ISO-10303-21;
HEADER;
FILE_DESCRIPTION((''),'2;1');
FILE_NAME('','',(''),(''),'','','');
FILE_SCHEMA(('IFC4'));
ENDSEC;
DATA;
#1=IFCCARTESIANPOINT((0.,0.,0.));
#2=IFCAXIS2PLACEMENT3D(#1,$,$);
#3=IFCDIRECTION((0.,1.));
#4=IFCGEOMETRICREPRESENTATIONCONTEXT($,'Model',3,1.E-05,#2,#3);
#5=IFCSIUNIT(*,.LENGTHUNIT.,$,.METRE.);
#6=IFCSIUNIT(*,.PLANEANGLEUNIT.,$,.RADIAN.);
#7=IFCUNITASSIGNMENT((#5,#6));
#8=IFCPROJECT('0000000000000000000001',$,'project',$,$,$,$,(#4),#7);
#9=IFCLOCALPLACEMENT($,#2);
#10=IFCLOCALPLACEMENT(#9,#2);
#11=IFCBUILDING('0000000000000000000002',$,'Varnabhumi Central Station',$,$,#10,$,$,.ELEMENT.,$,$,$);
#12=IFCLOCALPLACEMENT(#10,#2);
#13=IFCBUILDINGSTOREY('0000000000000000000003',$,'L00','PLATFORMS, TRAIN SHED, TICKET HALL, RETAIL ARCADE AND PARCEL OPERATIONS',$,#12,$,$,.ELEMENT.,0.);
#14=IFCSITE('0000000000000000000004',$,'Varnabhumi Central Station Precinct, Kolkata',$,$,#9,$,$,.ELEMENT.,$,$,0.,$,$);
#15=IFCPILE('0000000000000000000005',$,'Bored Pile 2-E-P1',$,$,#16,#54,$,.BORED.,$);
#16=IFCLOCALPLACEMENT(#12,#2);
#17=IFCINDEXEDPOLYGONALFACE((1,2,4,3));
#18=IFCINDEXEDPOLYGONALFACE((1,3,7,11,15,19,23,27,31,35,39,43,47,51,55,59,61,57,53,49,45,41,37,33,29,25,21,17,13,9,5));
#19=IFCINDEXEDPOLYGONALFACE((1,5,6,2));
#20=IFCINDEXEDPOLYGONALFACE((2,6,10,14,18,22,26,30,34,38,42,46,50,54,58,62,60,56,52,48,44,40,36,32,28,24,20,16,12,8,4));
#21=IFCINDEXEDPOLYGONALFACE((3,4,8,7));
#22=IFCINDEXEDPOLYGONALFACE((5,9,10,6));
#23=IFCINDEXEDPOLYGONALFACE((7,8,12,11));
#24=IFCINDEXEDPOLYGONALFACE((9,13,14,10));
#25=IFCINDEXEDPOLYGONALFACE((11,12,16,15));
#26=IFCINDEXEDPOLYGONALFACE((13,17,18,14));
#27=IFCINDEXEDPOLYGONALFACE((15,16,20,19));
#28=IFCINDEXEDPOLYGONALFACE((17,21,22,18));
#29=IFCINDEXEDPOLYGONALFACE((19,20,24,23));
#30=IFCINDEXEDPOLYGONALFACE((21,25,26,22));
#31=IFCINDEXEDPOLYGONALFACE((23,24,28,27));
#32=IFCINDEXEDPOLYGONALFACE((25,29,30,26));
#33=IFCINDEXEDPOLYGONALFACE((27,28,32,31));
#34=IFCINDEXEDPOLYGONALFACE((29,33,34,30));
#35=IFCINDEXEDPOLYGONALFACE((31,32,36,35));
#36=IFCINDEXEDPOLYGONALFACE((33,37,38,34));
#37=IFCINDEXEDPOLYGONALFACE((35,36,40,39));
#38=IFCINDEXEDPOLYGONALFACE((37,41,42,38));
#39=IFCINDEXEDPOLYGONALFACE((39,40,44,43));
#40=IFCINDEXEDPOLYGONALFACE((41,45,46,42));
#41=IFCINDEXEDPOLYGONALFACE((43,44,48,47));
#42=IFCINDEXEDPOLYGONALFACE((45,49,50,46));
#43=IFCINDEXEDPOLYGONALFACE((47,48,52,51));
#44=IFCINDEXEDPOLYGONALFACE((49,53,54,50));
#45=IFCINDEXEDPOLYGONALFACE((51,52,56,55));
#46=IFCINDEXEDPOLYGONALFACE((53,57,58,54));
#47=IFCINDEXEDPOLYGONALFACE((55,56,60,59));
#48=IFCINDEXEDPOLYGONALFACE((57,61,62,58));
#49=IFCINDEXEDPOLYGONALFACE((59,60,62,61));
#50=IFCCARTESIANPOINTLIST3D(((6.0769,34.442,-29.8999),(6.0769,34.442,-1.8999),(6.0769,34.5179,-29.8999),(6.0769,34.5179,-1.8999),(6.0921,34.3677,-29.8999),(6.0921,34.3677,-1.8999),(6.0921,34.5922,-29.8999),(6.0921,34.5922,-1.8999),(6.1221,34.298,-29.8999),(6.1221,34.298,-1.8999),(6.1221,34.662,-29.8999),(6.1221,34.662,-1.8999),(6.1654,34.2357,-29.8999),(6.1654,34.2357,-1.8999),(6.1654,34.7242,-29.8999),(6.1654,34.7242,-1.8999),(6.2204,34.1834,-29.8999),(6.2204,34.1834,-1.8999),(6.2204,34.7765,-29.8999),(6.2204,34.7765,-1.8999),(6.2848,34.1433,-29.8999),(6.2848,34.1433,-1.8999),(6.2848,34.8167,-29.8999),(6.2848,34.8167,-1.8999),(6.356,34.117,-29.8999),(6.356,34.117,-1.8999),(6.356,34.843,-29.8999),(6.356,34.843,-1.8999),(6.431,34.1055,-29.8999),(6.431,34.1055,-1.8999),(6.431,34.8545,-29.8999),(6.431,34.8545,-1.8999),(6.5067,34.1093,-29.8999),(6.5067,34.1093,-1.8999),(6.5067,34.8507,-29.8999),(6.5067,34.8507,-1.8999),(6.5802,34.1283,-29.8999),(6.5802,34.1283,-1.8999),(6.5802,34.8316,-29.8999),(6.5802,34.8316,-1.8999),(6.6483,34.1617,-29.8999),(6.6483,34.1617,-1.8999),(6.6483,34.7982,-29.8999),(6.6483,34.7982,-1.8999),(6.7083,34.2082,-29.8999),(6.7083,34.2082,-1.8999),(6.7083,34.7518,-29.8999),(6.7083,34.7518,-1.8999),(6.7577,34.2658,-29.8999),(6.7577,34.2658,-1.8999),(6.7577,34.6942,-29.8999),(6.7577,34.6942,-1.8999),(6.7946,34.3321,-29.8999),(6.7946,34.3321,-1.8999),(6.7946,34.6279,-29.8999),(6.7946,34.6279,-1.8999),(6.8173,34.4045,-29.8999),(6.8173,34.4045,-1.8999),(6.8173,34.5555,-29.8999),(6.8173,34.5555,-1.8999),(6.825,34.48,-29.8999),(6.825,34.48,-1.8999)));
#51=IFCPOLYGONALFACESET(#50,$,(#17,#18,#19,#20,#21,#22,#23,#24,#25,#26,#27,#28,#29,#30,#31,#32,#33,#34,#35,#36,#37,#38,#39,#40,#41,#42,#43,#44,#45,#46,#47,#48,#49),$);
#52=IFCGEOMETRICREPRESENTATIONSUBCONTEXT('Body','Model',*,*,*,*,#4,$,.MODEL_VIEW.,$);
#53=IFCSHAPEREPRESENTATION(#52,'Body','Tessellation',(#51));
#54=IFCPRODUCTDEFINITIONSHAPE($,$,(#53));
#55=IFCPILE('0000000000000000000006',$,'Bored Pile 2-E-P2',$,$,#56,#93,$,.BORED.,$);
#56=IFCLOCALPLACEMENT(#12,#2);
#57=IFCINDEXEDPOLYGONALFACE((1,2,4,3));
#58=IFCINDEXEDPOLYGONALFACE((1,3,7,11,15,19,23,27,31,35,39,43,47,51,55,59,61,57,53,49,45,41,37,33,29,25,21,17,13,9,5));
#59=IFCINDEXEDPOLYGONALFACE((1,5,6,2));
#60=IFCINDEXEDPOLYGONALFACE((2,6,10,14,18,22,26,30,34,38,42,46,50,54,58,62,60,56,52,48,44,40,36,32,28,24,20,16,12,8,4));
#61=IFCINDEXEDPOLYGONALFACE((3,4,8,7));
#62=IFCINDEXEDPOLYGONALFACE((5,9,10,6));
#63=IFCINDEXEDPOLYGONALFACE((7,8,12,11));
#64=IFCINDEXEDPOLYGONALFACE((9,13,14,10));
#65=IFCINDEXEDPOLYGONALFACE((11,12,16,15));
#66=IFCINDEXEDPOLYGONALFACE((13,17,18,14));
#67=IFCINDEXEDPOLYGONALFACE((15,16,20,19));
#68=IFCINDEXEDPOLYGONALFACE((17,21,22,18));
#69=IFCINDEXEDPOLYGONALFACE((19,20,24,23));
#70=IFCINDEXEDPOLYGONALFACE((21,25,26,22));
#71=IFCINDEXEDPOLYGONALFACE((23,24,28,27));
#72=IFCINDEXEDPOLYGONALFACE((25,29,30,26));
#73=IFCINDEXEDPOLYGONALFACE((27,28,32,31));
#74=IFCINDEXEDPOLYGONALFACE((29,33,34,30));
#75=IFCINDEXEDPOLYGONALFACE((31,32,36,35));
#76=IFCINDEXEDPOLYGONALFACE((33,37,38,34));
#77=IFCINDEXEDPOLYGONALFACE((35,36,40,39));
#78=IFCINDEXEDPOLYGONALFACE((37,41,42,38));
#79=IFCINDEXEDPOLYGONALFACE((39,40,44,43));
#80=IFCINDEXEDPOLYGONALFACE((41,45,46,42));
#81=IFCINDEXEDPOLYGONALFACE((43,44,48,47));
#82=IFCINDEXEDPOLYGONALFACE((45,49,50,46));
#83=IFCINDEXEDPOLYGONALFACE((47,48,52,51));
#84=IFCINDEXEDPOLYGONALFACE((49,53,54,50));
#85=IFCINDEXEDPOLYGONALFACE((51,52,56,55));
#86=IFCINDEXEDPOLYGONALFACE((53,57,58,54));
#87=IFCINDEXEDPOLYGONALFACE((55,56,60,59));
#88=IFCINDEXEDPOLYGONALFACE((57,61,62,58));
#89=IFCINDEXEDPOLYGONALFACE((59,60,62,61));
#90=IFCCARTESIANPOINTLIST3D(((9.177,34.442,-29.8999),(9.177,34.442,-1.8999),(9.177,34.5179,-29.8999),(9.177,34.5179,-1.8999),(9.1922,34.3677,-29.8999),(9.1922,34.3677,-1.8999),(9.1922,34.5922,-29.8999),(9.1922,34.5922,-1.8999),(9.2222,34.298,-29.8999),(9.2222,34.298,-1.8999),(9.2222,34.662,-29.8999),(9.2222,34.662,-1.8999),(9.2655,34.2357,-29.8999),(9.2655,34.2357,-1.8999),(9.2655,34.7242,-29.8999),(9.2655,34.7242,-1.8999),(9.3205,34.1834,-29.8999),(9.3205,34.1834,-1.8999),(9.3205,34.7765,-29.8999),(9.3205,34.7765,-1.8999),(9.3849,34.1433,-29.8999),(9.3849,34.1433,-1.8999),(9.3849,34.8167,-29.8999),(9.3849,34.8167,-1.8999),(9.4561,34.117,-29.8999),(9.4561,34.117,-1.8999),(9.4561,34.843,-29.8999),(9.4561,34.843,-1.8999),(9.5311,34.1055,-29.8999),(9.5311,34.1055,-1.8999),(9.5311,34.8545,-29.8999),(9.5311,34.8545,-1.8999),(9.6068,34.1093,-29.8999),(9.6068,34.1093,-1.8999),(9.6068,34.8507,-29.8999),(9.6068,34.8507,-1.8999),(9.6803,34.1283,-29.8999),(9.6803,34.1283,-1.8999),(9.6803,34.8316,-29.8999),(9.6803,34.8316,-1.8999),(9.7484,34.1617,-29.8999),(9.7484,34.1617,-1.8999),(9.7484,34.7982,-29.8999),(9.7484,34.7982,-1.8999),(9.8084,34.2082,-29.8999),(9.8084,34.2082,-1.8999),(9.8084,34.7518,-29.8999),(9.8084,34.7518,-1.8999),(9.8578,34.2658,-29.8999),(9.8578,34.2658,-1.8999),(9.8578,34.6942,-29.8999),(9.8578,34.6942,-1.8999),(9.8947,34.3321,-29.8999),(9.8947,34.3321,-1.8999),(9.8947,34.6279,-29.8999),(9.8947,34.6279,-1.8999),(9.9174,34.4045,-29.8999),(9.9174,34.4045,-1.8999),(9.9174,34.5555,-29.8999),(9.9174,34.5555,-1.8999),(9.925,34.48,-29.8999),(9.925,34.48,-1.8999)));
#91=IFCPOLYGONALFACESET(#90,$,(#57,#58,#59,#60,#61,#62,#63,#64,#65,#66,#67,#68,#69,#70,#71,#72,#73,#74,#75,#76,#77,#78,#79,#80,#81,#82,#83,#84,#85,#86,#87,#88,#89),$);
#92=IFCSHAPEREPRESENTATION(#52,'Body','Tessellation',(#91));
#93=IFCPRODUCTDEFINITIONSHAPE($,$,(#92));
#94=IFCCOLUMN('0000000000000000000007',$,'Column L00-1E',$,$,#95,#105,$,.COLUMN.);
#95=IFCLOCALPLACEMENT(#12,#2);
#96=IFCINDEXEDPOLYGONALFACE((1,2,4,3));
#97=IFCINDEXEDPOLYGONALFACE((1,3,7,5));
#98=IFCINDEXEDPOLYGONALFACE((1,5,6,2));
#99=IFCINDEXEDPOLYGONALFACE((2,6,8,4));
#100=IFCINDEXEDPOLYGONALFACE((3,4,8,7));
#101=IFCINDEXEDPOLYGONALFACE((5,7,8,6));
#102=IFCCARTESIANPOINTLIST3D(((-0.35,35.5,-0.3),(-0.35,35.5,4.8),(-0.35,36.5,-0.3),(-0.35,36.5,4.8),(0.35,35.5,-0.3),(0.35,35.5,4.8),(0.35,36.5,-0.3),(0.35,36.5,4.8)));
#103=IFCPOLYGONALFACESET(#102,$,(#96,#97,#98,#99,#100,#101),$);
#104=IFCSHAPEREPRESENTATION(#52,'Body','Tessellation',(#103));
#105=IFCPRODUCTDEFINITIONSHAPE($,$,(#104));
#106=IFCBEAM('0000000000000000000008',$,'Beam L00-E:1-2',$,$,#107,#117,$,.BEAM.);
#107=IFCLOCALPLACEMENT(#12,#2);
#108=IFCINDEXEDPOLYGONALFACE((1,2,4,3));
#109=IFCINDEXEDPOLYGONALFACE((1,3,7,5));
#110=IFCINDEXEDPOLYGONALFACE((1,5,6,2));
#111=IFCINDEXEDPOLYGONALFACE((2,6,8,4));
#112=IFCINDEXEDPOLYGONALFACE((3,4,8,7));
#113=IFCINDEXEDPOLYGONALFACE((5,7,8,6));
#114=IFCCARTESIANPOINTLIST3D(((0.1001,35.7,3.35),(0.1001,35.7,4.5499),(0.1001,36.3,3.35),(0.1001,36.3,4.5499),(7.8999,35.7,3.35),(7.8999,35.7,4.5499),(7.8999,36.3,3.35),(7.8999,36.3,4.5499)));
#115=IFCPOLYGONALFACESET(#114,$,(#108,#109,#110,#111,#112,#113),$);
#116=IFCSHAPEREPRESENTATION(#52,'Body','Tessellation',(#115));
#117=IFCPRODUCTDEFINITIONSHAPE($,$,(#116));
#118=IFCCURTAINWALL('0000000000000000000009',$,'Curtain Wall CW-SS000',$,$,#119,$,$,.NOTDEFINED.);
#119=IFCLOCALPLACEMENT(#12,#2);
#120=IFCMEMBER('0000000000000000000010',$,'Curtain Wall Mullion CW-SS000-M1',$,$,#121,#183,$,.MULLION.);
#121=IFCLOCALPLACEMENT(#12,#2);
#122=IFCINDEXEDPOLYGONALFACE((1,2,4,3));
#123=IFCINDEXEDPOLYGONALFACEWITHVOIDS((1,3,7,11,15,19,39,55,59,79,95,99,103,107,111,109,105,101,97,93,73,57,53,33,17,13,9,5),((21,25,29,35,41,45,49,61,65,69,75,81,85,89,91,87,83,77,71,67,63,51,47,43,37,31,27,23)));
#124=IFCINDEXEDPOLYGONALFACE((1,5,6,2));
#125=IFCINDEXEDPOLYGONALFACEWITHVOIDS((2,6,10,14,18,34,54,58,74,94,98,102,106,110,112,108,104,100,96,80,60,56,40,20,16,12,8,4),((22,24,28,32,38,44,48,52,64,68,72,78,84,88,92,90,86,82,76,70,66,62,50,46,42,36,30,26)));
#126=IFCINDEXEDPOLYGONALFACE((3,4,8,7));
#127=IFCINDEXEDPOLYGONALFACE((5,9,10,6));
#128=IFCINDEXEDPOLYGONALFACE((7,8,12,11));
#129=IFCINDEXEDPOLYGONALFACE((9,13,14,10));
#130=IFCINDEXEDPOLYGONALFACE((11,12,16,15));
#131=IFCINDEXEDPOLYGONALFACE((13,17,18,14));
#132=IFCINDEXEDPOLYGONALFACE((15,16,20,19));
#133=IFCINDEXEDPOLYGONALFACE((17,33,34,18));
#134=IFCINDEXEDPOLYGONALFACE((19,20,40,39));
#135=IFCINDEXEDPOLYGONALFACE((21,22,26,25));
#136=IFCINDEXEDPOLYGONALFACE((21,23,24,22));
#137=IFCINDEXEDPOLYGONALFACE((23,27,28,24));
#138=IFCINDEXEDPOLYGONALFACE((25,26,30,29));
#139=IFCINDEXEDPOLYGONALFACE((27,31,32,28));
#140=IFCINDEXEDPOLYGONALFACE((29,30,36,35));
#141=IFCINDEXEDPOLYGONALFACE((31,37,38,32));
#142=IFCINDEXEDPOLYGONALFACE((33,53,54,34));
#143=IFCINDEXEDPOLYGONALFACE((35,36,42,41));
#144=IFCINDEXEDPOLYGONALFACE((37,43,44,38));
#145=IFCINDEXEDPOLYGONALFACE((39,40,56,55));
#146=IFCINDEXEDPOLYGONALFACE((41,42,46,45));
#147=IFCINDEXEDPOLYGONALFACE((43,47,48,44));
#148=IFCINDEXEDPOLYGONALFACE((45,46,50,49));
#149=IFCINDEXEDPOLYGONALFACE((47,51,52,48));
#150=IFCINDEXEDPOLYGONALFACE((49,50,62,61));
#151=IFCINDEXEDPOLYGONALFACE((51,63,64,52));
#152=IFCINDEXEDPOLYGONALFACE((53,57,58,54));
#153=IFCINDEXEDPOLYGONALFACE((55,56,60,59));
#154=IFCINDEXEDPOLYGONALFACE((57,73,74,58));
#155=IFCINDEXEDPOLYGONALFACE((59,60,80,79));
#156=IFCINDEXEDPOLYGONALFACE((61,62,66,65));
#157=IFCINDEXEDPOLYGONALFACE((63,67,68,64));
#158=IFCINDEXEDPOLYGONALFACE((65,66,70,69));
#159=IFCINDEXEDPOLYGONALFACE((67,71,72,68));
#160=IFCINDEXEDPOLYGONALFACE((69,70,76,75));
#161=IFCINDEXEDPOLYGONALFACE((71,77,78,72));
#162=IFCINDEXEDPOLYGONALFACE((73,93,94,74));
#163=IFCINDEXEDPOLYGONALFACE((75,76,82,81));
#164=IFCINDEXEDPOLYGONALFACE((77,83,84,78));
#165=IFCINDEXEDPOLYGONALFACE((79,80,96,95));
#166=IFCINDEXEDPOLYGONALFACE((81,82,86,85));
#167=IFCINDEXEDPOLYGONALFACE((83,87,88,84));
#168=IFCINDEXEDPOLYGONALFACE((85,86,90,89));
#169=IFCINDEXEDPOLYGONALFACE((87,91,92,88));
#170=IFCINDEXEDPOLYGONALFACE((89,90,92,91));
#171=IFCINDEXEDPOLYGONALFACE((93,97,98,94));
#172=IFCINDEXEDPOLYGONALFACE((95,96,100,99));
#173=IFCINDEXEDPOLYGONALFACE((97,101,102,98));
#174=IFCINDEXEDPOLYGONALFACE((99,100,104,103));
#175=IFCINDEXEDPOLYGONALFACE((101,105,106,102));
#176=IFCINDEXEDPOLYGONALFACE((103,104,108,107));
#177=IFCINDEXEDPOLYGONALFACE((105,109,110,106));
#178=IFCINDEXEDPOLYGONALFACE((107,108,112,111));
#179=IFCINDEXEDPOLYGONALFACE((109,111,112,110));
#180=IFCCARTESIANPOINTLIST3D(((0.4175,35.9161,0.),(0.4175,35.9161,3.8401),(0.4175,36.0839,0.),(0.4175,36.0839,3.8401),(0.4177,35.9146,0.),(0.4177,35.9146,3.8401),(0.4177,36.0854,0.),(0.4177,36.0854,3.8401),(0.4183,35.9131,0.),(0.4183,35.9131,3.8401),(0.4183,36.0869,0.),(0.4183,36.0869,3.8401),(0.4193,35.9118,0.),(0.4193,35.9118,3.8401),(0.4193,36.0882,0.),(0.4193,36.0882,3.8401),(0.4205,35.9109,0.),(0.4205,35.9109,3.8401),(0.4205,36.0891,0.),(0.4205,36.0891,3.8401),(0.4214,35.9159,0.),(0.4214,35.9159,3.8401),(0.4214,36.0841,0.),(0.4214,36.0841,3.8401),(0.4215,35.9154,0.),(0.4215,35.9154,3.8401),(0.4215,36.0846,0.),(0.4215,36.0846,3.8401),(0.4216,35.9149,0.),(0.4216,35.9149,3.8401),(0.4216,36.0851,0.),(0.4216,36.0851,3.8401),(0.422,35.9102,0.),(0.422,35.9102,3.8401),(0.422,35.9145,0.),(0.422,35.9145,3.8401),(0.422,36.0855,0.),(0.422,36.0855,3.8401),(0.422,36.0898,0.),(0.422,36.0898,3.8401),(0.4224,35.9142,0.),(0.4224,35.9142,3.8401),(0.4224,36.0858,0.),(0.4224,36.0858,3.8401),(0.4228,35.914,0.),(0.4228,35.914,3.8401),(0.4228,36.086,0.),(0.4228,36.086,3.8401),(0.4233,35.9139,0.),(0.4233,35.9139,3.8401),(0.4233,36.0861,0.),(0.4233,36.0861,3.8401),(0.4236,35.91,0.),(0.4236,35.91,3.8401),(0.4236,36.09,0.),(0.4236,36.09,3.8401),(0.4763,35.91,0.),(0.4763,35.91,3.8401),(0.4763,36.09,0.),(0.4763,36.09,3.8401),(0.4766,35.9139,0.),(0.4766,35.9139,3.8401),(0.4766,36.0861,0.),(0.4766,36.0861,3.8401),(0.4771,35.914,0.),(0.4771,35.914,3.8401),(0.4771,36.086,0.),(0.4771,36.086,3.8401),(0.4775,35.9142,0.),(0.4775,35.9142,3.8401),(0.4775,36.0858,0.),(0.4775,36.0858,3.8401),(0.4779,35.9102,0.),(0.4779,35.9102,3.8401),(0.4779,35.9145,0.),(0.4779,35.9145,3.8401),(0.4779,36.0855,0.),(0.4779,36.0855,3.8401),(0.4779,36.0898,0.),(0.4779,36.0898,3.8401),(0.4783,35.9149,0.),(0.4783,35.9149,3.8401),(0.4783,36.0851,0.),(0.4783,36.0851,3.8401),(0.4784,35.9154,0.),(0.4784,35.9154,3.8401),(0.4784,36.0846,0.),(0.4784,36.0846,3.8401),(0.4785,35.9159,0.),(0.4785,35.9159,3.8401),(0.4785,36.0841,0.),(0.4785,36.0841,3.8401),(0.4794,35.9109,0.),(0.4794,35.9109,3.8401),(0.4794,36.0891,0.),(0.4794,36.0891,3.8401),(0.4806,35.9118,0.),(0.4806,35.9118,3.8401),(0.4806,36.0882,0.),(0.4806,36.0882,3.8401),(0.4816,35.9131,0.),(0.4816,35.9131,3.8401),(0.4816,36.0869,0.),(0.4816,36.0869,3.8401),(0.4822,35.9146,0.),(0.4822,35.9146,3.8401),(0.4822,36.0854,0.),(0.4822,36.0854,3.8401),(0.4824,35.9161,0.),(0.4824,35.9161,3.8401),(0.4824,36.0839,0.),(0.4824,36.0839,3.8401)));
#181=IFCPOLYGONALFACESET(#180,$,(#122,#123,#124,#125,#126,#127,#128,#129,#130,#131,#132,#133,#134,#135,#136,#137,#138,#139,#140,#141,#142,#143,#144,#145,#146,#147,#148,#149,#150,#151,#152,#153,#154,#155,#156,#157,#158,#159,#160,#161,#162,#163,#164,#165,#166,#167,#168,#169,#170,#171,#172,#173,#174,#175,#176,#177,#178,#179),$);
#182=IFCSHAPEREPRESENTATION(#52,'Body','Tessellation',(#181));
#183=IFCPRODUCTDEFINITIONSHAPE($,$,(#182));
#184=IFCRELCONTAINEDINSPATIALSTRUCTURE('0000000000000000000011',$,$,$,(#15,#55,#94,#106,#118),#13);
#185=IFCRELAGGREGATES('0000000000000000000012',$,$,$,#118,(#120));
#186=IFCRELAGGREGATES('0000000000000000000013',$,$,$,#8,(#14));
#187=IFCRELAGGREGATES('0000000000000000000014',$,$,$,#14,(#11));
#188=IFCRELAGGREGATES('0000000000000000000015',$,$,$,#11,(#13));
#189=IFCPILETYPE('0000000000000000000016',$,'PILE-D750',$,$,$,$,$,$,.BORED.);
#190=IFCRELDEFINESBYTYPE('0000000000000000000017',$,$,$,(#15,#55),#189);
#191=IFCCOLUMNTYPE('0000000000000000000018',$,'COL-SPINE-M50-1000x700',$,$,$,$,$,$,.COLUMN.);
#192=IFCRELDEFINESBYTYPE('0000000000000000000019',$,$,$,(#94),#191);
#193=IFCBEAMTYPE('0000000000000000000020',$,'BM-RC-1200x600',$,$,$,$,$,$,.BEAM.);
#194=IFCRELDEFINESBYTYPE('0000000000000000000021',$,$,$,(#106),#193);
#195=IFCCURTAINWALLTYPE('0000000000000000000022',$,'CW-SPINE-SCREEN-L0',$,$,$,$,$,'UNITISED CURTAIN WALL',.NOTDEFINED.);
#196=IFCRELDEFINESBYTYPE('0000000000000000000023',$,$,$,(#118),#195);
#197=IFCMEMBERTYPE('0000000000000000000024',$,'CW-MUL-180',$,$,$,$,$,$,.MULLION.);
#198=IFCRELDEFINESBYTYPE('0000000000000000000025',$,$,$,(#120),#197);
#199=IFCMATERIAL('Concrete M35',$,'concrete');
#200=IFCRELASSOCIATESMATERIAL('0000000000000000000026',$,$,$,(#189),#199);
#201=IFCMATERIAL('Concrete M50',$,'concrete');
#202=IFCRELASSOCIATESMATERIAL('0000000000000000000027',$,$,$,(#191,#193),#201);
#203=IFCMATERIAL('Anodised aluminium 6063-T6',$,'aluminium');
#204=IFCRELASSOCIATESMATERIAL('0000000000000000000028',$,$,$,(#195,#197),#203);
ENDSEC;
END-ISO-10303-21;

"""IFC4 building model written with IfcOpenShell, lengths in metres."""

from ifc_helpers import new_model, si_unit, direction, frame, origin, origin_2d, place, context, subcontext, project, spatial, rectangle, hollow_rectangle, circle, extrude, material, material_profile, profile_set, type_object, element, aggregate, save


model = new_model("IFC4")

# Units and contexts
model_context = context("Model", 3, precision=1e-05, world=origin(), true_north=direction((0.0, 1.0)))
body_context = subcontext(model_context, "Body", "Model", "MODEL_VIEW")
ifc_project = project(units=[si_unit("LENGTHUNIT", "METRE"), si_unit("PLANEANGLEUNIT", "RADIAN")], contexts=[model_context])

# Site, building, storey
site_placement = place(None, origin())
site = spatial("IfcSite", under=ifc_project, at=site_placement, Name="Varnabhumi Central Station Precinct, Kolkata", CompositionType="ELEMENT", RefElevation=0.0)
building_placement = place(site_placement, origin())
building = spatial("IfcBuilding", under=site, at=building_placement, Name="Varnabhumi Central Station", CompositionType="ELEMENT")
storey_placement = place(building_placement, origin())
storey = spatial("IfcBuildingStorey", under=building, at=storey_placement, Name="L00", Description="PLATFORMS, TRAIN SHED, TICKET HALL, RETAIL ARCADE AND PARCEL OPERATIONS", CompositionType="ELEMENT", Elevation=0.0)

# Piles
ifc_material_1 = material(Name="Concrete M35", Category="concrete")
ifc_material_profile_1 = material_profile(ifc_material_1, circle(Radius=0.375, at=origin_2d()), Name="Concrete M35", Category="concrete")
ifc_profile_set_1 = profile_set([ifc_material_profile_1], Name="Concrete M35")
pile_type_1 = type_object("IfcPileType", Name="PILE-D750", PredefinedType="BORED", material=ifc_profile_set_1)
for number, where, z_axis, x_axis, name in (
    (1, (6.45, 34.48, -1.8999), (0.0, 0.0, -1.0), (1.0, 0.0, 0.0), "Bored Pile 2-E-P1"),
    (2, (9.55, 34.48, -1.8999), (0.0, 0.0, -1.0), (1.0, 0.0, 0.0), "Bored Pile 2-E-P2"),
):
    element("IfcPile", number, at=place(storey_placement, frame(where, z_axis=z_axis, x_axis=x_axis)), inside=storey, type_object=pile_type_1, Name=name, PredefinedType="BORED", context=body_context, shape_type="SweptSolid", body=[
        extrude(circle(Radius=0.375, at=origin_2d()), origin(), (0.0, 0.0, 1.0), 28.0),
    ])

# Column
ifc_material_2 = material(Name="Concrete M50", Category="concrete")
ifc_material_profile_2 = material_profile(ifc_material_2, rectangle(XDim=0.7, YDim=1.0, at=origin_2d()), Name="Concrete M50", Category="concrete")
ifc_profile_set_2 = profile_set([ifc_material_profile_2], Name="Concrete M50")
column_type = type_object("IfcColumnType", Name="COL-SPINE-M50-1000x700", PredefinedType="COLUMN", material=ifc_profile_set_2)
column_placement = place(storey_placement, frame((0.0, 36.0, -0.3), z_axis=(0.0, 0.0, 1.0), x_axis=(1.0, 0.0, 0.0)))
element("IfcColumn", 3, at=column_placement, inside=storey, type_object=column_type, Name="Column L00-1E", PredefinedType="COLUMN", context=body_context, shape_type="SweptSolid", body=[
    extrude(rectangle(XDim=0.7, YDim=1.0, at=origin_2d()), origin(), (0.0, 0.0, 1.0), 5.1001),
])

# Beam
ifc_material_profile_3 = material_profile(ifc_material_2, rectangle(XDim=0.6001, YDim=1.2, at=origin_2d()), Name="Concrete M50", Category="concrete")
ifc_profile_set_3 = profile_set([ifc_material_profile_3], Name="Concrete M50")
beam_type = type_object("IfcBeamType", Name="BM-RC-1200x600", PredefinedType="BEAM", material=ifc_profile_set_3)
beam_placement = place(storey_placement, frame((0.1001, 36.0, 3.95), z_axis=(1.0, 0.0, 0.0), x_axis=(0.0, 1.0, 0.0)))
element("IfcBeam", 4, at=beam_placement, inside=storey, type_object=beam_type, Name="Beam L00-E:1-2", PredefinedType="BEAM", context=body_context, shape_type="SweptSolid", body=[
    extrude(rectangle(XDim=0.6001, YDim=1.2, at=origin_2d()), origin(), (0.0, 0.0, 1.0), 7.7998),
])

# Curtain wall, member
ifc_material_3 = material(Name="Anodised aluminium 6063-T6", Category="aluminium")
curtain_wall_type = type_object("IfcCurtainWallType", Name="CW-SPINE-SCREEN-L0", ElementType="UNITISED CURTAIN WALL", PredefinedType="NOTDEFINED", material=ifc_material_3)
curtain_wall_placement = place(storey_placement, origin())
curtain_wall = element("IfcCurtainWall", 5, at=curtain_wall_placement, inside=storey, type_object=curtain_wall_type, Name="Curtain Wall CW-SS000", PredefinedType="NOTDEFINED")
ifc_material_profile_4 = material_profile(ifc_material_3, hollow_rectangle(XDim=0.0649, YDim=0.1799, WallThickness=0.0039, InnerFilletRadius=0.002, OuterFilletRadius=0.0061, at=origin_2d()), Name="Anodised aluminium 6063-T6", Category="aluminium")
ifc_profile_set_4 = profile_set([ifc_material_profile_4], Name="Anodised aluminium 6063-T6")
member_type_1 = type_object("IfcMemberType", Name="CW-MUL-180", PredefinedType="MULLION", material=ifc_profile_set_4)
member_1_placement = place(storey_placement, frame((0.45, 36.0, 0.0), z_axis=(0.0, 0.0, 1.0), x_axis=(1.0, 0.0, 0.0)))
member_1 = element("IfcMember", 6, at=member_1_placement, type_object=member_type_1, Name="Curtain Wall Mullion CW-SS000-M1", PredefinedType="MULLION", context=body_context, shape_type="SweptSolid", body=[
    extrude(hollow_rectangle(XDim=0.0649, YDim=0.1799, WallThickness=0.0039, InnerFilletRadius=0.002, OuterFilletRadius=0.0061, at=origin_2d()), origin(), (0.0, 0.0, 1.0), 3.8401),
])
aggregate(curtain_wall, [member_1])

save(model, "model.ifc")
